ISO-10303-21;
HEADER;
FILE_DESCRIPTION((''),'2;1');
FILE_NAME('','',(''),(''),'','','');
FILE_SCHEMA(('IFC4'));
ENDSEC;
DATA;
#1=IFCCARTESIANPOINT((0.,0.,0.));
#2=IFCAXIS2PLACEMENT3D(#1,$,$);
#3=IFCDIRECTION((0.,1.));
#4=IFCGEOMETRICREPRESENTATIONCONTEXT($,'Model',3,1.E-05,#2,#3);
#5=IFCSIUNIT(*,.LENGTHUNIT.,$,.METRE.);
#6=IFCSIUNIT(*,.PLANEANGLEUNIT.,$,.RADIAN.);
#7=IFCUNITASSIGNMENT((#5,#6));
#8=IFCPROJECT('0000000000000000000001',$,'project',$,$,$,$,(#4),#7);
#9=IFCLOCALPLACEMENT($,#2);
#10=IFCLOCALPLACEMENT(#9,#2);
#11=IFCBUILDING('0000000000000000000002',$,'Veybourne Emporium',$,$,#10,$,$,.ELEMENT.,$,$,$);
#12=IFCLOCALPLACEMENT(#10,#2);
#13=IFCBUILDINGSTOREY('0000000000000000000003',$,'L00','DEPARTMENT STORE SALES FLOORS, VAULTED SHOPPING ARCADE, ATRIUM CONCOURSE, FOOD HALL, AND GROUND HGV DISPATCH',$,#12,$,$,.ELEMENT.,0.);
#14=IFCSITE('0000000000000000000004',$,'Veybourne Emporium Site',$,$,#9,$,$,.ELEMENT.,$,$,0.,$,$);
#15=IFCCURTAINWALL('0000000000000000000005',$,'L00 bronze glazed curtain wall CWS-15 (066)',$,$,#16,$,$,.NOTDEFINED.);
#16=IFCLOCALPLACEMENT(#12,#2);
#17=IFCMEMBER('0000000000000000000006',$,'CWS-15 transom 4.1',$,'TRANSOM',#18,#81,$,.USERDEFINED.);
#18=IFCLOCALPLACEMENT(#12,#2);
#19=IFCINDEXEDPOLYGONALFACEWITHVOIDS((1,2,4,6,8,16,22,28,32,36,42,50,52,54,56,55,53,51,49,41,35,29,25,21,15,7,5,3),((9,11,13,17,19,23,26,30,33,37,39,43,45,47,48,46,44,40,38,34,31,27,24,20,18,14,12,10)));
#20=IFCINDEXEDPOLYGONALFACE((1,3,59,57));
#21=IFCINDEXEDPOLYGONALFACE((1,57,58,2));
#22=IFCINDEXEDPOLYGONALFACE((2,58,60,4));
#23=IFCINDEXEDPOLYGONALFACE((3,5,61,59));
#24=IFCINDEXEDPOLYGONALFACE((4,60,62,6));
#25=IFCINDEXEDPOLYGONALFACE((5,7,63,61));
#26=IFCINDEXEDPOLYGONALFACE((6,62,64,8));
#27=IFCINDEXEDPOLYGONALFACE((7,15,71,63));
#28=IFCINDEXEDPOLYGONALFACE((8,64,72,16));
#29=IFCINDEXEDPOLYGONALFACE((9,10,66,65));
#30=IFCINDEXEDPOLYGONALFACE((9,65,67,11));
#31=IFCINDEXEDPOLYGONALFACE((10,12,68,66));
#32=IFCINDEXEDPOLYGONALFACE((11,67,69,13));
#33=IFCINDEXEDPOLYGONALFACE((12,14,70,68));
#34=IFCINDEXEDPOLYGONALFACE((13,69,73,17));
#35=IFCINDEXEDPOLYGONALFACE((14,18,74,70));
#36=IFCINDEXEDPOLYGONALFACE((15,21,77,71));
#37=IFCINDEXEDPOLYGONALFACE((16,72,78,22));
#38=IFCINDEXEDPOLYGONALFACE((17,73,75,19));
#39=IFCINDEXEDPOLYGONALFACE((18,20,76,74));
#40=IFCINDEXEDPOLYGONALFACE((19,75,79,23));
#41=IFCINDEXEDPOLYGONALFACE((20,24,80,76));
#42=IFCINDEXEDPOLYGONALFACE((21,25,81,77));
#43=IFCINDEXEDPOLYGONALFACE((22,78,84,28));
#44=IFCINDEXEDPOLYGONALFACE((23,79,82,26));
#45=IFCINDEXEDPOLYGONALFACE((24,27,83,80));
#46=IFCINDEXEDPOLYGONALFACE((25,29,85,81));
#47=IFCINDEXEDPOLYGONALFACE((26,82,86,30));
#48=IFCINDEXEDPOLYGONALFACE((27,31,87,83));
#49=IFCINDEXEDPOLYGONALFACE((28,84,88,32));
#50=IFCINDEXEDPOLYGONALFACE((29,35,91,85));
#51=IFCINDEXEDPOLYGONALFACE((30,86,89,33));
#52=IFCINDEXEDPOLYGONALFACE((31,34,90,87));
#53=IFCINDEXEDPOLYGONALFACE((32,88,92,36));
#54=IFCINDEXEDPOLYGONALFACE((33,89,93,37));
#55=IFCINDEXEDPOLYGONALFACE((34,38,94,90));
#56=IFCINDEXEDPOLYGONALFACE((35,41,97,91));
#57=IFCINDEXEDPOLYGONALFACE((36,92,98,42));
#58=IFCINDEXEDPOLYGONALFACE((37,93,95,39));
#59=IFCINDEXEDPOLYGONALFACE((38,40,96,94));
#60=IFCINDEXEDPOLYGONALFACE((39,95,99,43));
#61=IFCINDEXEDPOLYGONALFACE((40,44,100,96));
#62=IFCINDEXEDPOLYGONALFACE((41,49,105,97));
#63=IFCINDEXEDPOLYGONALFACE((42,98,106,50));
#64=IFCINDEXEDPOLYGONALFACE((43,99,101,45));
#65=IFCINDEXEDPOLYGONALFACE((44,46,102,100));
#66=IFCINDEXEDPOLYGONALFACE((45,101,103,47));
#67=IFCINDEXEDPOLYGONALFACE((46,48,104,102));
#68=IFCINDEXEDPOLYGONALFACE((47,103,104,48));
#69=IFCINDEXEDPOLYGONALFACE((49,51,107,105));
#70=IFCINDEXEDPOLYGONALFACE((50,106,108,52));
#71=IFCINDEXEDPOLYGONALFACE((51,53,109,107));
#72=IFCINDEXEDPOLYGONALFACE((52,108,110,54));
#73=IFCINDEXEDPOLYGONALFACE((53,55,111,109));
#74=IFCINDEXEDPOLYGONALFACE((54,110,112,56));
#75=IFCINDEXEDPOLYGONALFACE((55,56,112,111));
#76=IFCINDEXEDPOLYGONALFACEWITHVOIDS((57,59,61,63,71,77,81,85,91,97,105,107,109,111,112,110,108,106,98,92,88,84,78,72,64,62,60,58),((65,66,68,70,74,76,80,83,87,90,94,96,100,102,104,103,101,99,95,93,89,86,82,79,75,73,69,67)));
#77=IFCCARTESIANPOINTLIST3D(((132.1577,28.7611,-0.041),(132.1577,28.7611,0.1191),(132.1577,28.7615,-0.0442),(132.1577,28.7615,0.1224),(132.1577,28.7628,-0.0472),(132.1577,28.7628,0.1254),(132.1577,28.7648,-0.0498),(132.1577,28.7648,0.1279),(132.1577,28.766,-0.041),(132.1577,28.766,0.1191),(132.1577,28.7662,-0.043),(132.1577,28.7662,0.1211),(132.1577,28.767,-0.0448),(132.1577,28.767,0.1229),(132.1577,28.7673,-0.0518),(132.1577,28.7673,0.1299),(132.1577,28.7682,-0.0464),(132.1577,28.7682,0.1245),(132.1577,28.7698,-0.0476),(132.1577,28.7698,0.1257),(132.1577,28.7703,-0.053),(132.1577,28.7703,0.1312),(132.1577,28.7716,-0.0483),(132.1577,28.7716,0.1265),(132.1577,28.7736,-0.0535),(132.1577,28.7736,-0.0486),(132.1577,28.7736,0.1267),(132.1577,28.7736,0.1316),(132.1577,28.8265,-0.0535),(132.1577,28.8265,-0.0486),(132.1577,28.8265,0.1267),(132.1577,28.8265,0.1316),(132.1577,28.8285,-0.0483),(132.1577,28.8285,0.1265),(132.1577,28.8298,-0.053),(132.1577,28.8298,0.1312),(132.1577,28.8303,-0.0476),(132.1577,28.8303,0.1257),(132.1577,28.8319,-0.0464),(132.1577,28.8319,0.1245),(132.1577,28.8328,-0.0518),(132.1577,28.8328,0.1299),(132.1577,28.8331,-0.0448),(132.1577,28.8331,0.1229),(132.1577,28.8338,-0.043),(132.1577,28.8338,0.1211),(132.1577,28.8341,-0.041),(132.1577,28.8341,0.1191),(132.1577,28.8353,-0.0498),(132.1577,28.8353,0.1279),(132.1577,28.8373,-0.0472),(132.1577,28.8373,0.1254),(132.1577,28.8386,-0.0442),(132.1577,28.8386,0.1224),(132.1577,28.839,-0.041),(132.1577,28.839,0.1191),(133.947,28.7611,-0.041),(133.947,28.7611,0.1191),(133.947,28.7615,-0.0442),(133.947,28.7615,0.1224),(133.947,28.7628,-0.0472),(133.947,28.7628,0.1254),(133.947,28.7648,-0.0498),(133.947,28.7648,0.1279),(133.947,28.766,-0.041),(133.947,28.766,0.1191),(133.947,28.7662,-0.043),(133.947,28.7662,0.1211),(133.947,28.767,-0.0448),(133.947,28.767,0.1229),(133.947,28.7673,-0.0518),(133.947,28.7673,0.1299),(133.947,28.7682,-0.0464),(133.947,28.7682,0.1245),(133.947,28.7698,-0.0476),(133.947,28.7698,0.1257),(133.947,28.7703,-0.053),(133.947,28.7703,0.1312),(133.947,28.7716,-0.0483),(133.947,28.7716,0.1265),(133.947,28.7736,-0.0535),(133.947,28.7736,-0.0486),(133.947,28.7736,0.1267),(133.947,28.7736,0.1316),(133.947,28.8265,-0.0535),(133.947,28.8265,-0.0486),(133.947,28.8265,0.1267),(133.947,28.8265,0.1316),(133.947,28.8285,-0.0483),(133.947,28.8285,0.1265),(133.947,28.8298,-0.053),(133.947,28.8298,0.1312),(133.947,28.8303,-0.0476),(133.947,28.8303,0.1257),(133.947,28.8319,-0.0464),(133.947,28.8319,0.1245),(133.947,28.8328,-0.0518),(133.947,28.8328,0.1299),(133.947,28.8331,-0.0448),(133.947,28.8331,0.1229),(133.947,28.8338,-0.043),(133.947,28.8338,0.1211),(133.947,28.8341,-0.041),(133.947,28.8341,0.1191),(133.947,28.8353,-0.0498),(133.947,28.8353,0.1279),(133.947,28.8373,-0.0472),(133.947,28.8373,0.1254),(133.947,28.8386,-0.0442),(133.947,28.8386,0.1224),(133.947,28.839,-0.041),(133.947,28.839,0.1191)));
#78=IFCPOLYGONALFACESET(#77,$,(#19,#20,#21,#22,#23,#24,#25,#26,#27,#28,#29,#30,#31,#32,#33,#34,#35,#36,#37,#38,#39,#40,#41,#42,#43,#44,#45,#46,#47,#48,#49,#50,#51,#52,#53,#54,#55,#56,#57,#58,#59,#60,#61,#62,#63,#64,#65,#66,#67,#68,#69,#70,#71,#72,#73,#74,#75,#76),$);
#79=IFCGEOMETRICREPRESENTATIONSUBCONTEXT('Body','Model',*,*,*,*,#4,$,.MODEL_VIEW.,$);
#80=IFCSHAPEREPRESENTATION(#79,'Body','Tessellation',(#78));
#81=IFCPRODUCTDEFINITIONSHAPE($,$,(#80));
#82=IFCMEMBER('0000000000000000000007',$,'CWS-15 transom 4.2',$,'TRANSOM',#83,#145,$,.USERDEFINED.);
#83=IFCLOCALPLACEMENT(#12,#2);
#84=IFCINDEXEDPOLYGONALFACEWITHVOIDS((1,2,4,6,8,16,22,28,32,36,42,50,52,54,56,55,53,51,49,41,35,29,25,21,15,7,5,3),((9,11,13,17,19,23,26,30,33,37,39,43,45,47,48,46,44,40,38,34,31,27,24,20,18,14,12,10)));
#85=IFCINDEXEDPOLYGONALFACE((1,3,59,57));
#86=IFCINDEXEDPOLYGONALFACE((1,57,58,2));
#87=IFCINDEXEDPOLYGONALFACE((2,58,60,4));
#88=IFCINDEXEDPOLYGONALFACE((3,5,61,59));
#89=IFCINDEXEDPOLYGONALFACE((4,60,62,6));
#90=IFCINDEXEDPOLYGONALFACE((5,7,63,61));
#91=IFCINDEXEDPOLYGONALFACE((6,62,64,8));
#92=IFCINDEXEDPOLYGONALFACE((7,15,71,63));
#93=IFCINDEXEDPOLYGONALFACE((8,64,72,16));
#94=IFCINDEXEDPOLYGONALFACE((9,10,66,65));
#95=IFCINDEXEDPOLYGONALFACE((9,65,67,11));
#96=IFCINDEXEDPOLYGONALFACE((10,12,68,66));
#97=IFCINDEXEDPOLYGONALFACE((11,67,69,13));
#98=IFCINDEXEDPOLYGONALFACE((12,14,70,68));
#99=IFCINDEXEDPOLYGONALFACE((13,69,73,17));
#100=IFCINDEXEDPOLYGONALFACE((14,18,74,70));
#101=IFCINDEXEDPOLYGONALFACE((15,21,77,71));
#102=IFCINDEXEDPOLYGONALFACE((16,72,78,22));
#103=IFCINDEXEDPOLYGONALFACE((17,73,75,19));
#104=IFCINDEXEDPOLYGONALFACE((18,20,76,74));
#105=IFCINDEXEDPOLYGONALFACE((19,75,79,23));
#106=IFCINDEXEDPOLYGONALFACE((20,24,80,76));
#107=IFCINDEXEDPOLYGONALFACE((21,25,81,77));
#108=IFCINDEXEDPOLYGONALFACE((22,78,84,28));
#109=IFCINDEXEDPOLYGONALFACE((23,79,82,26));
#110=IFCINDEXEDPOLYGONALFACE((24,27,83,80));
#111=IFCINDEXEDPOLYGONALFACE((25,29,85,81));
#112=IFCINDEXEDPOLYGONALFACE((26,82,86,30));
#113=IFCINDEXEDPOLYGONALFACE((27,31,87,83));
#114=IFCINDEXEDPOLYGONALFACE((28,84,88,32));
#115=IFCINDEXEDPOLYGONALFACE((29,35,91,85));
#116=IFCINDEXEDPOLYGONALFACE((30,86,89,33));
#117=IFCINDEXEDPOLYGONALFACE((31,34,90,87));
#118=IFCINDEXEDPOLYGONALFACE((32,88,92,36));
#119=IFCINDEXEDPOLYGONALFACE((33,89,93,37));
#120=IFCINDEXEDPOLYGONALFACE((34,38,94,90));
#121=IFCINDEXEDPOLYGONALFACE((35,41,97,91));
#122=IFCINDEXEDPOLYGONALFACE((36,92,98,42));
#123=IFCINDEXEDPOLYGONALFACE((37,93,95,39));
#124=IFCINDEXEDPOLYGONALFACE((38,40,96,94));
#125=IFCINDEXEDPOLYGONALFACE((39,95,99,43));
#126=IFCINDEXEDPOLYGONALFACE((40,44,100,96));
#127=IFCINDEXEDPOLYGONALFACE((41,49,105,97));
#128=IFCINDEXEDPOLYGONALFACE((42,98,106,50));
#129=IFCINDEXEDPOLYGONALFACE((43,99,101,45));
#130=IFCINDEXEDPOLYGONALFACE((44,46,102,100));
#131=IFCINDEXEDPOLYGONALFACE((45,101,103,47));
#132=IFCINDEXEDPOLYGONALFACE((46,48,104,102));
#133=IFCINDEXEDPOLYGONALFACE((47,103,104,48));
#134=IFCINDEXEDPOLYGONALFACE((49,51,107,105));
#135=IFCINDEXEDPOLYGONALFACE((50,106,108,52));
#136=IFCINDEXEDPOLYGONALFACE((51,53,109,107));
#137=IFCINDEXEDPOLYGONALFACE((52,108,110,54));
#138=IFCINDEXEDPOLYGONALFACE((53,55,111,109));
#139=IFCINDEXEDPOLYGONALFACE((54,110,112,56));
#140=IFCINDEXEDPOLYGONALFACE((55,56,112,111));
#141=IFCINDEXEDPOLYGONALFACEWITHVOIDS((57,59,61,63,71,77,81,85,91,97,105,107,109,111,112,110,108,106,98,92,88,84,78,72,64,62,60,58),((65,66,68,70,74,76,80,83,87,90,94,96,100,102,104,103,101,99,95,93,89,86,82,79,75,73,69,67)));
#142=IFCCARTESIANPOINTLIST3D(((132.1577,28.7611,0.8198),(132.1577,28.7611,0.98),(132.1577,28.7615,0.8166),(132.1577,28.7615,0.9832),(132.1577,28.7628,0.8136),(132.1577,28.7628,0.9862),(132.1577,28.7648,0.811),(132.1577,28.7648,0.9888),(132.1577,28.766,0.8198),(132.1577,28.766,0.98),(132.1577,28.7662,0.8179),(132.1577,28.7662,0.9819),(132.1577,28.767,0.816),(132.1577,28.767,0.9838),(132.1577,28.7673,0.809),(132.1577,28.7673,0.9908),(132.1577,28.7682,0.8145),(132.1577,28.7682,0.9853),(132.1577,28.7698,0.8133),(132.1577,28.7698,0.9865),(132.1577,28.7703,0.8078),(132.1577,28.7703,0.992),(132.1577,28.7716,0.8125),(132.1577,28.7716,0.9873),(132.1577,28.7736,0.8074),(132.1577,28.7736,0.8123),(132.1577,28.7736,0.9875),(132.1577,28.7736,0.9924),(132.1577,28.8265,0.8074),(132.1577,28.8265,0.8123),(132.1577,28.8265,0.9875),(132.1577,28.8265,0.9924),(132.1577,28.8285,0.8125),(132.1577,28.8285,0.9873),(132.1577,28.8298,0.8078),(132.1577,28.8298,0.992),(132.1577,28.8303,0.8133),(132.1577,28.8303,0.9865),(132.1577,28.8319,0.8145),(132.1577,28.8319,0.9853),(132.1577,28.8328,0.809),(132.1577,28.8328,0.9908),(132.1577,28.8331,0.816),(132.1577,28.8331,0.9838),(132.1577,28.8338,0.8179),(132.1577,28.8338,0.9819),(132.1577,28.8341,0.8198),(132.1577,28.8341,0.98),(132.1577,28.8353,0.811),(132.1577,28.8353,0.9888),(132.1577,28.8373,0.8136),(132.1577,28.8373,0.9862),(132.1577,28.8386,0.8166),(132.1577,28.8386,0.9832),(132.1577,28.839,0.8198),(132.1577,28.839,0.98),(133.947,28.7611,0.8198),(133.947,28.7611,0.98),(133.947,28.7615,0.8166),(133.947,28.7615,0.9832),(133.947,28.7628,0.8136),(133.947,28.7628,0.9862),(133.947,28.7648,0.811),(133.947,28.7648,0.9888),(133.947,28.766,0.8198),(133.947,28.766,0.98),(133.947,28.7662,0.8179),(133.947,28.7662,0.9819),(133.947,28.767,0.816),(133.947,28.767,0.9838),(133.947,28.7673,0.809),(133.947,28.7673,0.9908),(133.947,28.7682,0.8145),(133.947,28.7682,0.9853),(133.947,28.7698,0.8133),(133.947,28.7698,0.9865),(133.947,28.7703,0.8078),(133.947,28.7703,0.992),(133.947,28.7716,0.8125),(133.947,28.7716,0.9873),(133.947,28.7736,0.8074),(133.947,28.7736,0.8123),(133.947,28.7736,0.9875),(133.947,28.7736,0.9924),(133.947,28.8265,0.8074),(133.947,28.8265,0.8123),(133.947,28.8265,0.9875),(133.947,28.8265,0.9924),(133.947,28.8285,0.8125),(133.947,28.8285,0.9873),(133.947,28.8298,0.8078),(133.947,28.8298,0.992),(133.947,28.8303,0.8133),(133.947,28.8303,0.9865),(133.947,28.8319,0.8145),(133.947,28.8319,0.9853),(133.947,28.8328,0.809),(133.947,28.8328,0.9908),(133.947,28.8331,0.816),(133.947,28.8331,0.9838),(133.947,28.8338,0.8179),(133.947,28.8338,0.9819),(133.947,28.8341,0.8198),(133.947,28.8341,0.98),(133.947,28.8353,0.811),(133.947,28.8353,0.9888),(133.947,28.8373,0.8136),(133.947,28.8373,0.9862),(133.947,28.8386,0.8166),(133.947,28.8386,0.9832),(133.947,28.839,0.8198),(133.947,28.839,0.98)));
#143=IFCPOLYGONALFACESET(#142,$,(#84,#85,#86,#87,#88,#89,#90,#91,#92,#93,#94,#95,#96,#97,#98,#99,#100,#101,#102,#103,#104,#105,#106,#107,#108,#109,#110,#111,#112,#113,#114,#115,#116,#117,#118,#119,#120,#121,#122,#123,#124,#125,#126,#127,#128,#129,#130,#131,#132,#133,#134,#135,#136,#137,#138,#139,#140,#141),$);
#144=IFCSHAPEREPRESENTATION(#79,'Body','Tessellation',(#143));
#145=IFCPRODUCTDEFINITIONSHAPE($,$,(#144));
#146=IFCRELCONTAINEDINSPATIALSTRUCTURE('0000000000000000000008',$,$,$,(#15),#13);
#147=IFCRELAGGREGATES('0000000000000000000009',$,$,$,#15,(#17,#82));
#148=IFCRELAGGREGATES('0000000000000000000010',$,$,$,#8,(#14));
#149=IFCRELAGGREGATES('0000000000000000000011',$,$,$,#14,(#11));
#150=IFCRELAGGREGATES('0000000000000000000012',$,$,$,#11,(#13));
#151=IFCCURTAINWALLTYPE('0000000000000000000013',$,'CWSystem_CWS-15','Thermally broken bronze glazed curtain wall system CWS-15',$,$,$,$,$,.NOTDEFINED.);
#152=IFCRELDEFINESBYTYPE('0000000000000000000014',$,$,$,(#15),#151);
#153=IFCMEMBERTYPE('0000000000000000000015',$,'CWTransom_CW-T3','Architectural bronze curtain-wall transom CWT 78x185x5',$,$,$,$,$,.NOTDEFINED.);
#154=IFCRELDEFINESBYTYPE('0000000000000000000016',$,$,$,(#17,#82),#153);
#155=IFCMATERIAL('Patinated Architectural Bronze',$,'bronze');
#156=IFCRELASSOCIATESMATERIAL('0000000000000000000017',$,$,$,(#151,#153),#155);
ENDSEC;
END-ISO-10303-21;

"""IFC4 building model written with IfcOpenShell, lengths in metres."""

from ifc_helpers import new_model, si_unit, direction, frame, origin, origin_2d, place, context, subcontext, project, spatial, hollow_rectangle, extrude, material, material_profile, profile_set, type_object, element, aggregate, save


model = new_model("IFC4")

# Units and contexts
model_context = context("Model", 3, precision=1e-05, world=origin(), true_north=direction((0.0, 1.0)))
body_context = subcontext(model_context, "Body", "Model", "MODEL_VIEW")
ifc_project = project(units=[si_unit("LENGTHUNIT", "METRE"), si_unit("PLANEANGLEUNIT", "RADIAN")], contexts=[model_context])

# Site, building, storey
site_placement = place(None, origin())
site = spatial("IfcSite", under=ifc_project, at=site_placement, Name="Veybourne Emporium Site", CompositionType="ELEMENT", RefElevation=0.0)
building_placement = place(site_placement, origin())
building = spatial("IfcBuilding", under=site, at=building_placement, Name="Veybourne Emporium", CompositionType="ELEMENT")
storey_placement = place(building_placement, origin())
storey = spatial("IfcBuildingStorey", under=building, at=storey_placement, Name="L00", Description="DEPARTMENT STORE SALES FLOORS, VAULTED SHOPPING ARCADE, ATRIUM CONCOURSE, FOOD HALL, AND GROUND HGV DISPATCH", CompositionType="ELEMENT", Elevation=0.0)

# Curtain wall, members
ifc_material_1 = material(Name="Patinated Architectural Bronze", Category="bronze")
curtain_wall_type = type_object("IfcCurtainWallType", Name="CWSystem_CWS-15", Description="Thermally broken bronze glazed curtain wall system CWS-15", PredefinedType="NOTDEFINED", material=ifc_material_1)
curtain_wall_placement = place(storey_placement, origin())
curtain_wall = element("IfcCurtainWall", 1, at=curtain_wall_placement, inside=storey, type_object=curtain_wall_type, Name="L00 bronze glazed curtain wall CWS-15 (066)", PredefinedType="NOTDEFINED")
ifc_material_profile_1 = material_profile(ifc_material_1, hollow_rectangle(XDim=0.0779, YDim=0.1851, WallThickness=0.0049, InnerFilletRadius=0.0076, OuterFilletRadius=0.0125, at=origin_2d()), Name="CWT 78x185x5")
ifc_profile_set_1 = profile_set([ifc_material_profile_1], Name="Patinated Architectural Bronze")
member_type_1 = type_object("IfcMemberType", Name="CWTransom_CW-T3", Description="Architectural bronze curtain-wall transom CWT 78x185x5", PredefinedType="NOTDEFINED", material=ifc_profile_set_1)
member_1_placement = place(storey_placement, frame((132.1577, 28.8, 0.0391), z_axis=(1.0, 0.0, 0.0), x_axis=(0.0, 1.0, 0.0)))
member_1 = element("IfcMember", 2, at=member_1_placement, type_object=member_type_1, Name="CWS-15 transom 4.1", ObjectType="TRANSOM", PredefinedType="USERDEFINED", context=body_context, shape_type="SweptSolid", body=[
    extrude(hollow_rectangle(XDim=0.0779, YDim=0.1851, WallThickness=0.0049, InnerFilletRadius=0.0076, OuterFilletRadius=0.0125, at=origin_2d()), origin(), (0.0, 0.0, 1.0), 1.7893),
])
member_2_placement = place(storey_placement, frame((132.1577, 28.8, 0.8999), z_axis=(1.0, 0.0, 0.0), x_axis=(0.0, 1.0, 0.0)))
member_2 = element("IfcMember", 3, at=member_2_placement, type_object=member_type_1, Name="CWS-15 transom 4.2", ObjectType="TRANSOM", PredefinedType="USERDEFINED", context=body_context, shape_type="SweptSolid", body=[
    extrude(hollow_rectangle(XDim=0.0779, YDim=0.1851, WallThickness=0.0049, InnerFilletRadius=0.0076, OuterFilletRadius=0.0125, at=origin_2d()), origin(), (0.0, 0.0, 1.0), 1.7893),
])

aggregate(curtain_wall, [member_1, member_2])

save(model, "model.ifc")
